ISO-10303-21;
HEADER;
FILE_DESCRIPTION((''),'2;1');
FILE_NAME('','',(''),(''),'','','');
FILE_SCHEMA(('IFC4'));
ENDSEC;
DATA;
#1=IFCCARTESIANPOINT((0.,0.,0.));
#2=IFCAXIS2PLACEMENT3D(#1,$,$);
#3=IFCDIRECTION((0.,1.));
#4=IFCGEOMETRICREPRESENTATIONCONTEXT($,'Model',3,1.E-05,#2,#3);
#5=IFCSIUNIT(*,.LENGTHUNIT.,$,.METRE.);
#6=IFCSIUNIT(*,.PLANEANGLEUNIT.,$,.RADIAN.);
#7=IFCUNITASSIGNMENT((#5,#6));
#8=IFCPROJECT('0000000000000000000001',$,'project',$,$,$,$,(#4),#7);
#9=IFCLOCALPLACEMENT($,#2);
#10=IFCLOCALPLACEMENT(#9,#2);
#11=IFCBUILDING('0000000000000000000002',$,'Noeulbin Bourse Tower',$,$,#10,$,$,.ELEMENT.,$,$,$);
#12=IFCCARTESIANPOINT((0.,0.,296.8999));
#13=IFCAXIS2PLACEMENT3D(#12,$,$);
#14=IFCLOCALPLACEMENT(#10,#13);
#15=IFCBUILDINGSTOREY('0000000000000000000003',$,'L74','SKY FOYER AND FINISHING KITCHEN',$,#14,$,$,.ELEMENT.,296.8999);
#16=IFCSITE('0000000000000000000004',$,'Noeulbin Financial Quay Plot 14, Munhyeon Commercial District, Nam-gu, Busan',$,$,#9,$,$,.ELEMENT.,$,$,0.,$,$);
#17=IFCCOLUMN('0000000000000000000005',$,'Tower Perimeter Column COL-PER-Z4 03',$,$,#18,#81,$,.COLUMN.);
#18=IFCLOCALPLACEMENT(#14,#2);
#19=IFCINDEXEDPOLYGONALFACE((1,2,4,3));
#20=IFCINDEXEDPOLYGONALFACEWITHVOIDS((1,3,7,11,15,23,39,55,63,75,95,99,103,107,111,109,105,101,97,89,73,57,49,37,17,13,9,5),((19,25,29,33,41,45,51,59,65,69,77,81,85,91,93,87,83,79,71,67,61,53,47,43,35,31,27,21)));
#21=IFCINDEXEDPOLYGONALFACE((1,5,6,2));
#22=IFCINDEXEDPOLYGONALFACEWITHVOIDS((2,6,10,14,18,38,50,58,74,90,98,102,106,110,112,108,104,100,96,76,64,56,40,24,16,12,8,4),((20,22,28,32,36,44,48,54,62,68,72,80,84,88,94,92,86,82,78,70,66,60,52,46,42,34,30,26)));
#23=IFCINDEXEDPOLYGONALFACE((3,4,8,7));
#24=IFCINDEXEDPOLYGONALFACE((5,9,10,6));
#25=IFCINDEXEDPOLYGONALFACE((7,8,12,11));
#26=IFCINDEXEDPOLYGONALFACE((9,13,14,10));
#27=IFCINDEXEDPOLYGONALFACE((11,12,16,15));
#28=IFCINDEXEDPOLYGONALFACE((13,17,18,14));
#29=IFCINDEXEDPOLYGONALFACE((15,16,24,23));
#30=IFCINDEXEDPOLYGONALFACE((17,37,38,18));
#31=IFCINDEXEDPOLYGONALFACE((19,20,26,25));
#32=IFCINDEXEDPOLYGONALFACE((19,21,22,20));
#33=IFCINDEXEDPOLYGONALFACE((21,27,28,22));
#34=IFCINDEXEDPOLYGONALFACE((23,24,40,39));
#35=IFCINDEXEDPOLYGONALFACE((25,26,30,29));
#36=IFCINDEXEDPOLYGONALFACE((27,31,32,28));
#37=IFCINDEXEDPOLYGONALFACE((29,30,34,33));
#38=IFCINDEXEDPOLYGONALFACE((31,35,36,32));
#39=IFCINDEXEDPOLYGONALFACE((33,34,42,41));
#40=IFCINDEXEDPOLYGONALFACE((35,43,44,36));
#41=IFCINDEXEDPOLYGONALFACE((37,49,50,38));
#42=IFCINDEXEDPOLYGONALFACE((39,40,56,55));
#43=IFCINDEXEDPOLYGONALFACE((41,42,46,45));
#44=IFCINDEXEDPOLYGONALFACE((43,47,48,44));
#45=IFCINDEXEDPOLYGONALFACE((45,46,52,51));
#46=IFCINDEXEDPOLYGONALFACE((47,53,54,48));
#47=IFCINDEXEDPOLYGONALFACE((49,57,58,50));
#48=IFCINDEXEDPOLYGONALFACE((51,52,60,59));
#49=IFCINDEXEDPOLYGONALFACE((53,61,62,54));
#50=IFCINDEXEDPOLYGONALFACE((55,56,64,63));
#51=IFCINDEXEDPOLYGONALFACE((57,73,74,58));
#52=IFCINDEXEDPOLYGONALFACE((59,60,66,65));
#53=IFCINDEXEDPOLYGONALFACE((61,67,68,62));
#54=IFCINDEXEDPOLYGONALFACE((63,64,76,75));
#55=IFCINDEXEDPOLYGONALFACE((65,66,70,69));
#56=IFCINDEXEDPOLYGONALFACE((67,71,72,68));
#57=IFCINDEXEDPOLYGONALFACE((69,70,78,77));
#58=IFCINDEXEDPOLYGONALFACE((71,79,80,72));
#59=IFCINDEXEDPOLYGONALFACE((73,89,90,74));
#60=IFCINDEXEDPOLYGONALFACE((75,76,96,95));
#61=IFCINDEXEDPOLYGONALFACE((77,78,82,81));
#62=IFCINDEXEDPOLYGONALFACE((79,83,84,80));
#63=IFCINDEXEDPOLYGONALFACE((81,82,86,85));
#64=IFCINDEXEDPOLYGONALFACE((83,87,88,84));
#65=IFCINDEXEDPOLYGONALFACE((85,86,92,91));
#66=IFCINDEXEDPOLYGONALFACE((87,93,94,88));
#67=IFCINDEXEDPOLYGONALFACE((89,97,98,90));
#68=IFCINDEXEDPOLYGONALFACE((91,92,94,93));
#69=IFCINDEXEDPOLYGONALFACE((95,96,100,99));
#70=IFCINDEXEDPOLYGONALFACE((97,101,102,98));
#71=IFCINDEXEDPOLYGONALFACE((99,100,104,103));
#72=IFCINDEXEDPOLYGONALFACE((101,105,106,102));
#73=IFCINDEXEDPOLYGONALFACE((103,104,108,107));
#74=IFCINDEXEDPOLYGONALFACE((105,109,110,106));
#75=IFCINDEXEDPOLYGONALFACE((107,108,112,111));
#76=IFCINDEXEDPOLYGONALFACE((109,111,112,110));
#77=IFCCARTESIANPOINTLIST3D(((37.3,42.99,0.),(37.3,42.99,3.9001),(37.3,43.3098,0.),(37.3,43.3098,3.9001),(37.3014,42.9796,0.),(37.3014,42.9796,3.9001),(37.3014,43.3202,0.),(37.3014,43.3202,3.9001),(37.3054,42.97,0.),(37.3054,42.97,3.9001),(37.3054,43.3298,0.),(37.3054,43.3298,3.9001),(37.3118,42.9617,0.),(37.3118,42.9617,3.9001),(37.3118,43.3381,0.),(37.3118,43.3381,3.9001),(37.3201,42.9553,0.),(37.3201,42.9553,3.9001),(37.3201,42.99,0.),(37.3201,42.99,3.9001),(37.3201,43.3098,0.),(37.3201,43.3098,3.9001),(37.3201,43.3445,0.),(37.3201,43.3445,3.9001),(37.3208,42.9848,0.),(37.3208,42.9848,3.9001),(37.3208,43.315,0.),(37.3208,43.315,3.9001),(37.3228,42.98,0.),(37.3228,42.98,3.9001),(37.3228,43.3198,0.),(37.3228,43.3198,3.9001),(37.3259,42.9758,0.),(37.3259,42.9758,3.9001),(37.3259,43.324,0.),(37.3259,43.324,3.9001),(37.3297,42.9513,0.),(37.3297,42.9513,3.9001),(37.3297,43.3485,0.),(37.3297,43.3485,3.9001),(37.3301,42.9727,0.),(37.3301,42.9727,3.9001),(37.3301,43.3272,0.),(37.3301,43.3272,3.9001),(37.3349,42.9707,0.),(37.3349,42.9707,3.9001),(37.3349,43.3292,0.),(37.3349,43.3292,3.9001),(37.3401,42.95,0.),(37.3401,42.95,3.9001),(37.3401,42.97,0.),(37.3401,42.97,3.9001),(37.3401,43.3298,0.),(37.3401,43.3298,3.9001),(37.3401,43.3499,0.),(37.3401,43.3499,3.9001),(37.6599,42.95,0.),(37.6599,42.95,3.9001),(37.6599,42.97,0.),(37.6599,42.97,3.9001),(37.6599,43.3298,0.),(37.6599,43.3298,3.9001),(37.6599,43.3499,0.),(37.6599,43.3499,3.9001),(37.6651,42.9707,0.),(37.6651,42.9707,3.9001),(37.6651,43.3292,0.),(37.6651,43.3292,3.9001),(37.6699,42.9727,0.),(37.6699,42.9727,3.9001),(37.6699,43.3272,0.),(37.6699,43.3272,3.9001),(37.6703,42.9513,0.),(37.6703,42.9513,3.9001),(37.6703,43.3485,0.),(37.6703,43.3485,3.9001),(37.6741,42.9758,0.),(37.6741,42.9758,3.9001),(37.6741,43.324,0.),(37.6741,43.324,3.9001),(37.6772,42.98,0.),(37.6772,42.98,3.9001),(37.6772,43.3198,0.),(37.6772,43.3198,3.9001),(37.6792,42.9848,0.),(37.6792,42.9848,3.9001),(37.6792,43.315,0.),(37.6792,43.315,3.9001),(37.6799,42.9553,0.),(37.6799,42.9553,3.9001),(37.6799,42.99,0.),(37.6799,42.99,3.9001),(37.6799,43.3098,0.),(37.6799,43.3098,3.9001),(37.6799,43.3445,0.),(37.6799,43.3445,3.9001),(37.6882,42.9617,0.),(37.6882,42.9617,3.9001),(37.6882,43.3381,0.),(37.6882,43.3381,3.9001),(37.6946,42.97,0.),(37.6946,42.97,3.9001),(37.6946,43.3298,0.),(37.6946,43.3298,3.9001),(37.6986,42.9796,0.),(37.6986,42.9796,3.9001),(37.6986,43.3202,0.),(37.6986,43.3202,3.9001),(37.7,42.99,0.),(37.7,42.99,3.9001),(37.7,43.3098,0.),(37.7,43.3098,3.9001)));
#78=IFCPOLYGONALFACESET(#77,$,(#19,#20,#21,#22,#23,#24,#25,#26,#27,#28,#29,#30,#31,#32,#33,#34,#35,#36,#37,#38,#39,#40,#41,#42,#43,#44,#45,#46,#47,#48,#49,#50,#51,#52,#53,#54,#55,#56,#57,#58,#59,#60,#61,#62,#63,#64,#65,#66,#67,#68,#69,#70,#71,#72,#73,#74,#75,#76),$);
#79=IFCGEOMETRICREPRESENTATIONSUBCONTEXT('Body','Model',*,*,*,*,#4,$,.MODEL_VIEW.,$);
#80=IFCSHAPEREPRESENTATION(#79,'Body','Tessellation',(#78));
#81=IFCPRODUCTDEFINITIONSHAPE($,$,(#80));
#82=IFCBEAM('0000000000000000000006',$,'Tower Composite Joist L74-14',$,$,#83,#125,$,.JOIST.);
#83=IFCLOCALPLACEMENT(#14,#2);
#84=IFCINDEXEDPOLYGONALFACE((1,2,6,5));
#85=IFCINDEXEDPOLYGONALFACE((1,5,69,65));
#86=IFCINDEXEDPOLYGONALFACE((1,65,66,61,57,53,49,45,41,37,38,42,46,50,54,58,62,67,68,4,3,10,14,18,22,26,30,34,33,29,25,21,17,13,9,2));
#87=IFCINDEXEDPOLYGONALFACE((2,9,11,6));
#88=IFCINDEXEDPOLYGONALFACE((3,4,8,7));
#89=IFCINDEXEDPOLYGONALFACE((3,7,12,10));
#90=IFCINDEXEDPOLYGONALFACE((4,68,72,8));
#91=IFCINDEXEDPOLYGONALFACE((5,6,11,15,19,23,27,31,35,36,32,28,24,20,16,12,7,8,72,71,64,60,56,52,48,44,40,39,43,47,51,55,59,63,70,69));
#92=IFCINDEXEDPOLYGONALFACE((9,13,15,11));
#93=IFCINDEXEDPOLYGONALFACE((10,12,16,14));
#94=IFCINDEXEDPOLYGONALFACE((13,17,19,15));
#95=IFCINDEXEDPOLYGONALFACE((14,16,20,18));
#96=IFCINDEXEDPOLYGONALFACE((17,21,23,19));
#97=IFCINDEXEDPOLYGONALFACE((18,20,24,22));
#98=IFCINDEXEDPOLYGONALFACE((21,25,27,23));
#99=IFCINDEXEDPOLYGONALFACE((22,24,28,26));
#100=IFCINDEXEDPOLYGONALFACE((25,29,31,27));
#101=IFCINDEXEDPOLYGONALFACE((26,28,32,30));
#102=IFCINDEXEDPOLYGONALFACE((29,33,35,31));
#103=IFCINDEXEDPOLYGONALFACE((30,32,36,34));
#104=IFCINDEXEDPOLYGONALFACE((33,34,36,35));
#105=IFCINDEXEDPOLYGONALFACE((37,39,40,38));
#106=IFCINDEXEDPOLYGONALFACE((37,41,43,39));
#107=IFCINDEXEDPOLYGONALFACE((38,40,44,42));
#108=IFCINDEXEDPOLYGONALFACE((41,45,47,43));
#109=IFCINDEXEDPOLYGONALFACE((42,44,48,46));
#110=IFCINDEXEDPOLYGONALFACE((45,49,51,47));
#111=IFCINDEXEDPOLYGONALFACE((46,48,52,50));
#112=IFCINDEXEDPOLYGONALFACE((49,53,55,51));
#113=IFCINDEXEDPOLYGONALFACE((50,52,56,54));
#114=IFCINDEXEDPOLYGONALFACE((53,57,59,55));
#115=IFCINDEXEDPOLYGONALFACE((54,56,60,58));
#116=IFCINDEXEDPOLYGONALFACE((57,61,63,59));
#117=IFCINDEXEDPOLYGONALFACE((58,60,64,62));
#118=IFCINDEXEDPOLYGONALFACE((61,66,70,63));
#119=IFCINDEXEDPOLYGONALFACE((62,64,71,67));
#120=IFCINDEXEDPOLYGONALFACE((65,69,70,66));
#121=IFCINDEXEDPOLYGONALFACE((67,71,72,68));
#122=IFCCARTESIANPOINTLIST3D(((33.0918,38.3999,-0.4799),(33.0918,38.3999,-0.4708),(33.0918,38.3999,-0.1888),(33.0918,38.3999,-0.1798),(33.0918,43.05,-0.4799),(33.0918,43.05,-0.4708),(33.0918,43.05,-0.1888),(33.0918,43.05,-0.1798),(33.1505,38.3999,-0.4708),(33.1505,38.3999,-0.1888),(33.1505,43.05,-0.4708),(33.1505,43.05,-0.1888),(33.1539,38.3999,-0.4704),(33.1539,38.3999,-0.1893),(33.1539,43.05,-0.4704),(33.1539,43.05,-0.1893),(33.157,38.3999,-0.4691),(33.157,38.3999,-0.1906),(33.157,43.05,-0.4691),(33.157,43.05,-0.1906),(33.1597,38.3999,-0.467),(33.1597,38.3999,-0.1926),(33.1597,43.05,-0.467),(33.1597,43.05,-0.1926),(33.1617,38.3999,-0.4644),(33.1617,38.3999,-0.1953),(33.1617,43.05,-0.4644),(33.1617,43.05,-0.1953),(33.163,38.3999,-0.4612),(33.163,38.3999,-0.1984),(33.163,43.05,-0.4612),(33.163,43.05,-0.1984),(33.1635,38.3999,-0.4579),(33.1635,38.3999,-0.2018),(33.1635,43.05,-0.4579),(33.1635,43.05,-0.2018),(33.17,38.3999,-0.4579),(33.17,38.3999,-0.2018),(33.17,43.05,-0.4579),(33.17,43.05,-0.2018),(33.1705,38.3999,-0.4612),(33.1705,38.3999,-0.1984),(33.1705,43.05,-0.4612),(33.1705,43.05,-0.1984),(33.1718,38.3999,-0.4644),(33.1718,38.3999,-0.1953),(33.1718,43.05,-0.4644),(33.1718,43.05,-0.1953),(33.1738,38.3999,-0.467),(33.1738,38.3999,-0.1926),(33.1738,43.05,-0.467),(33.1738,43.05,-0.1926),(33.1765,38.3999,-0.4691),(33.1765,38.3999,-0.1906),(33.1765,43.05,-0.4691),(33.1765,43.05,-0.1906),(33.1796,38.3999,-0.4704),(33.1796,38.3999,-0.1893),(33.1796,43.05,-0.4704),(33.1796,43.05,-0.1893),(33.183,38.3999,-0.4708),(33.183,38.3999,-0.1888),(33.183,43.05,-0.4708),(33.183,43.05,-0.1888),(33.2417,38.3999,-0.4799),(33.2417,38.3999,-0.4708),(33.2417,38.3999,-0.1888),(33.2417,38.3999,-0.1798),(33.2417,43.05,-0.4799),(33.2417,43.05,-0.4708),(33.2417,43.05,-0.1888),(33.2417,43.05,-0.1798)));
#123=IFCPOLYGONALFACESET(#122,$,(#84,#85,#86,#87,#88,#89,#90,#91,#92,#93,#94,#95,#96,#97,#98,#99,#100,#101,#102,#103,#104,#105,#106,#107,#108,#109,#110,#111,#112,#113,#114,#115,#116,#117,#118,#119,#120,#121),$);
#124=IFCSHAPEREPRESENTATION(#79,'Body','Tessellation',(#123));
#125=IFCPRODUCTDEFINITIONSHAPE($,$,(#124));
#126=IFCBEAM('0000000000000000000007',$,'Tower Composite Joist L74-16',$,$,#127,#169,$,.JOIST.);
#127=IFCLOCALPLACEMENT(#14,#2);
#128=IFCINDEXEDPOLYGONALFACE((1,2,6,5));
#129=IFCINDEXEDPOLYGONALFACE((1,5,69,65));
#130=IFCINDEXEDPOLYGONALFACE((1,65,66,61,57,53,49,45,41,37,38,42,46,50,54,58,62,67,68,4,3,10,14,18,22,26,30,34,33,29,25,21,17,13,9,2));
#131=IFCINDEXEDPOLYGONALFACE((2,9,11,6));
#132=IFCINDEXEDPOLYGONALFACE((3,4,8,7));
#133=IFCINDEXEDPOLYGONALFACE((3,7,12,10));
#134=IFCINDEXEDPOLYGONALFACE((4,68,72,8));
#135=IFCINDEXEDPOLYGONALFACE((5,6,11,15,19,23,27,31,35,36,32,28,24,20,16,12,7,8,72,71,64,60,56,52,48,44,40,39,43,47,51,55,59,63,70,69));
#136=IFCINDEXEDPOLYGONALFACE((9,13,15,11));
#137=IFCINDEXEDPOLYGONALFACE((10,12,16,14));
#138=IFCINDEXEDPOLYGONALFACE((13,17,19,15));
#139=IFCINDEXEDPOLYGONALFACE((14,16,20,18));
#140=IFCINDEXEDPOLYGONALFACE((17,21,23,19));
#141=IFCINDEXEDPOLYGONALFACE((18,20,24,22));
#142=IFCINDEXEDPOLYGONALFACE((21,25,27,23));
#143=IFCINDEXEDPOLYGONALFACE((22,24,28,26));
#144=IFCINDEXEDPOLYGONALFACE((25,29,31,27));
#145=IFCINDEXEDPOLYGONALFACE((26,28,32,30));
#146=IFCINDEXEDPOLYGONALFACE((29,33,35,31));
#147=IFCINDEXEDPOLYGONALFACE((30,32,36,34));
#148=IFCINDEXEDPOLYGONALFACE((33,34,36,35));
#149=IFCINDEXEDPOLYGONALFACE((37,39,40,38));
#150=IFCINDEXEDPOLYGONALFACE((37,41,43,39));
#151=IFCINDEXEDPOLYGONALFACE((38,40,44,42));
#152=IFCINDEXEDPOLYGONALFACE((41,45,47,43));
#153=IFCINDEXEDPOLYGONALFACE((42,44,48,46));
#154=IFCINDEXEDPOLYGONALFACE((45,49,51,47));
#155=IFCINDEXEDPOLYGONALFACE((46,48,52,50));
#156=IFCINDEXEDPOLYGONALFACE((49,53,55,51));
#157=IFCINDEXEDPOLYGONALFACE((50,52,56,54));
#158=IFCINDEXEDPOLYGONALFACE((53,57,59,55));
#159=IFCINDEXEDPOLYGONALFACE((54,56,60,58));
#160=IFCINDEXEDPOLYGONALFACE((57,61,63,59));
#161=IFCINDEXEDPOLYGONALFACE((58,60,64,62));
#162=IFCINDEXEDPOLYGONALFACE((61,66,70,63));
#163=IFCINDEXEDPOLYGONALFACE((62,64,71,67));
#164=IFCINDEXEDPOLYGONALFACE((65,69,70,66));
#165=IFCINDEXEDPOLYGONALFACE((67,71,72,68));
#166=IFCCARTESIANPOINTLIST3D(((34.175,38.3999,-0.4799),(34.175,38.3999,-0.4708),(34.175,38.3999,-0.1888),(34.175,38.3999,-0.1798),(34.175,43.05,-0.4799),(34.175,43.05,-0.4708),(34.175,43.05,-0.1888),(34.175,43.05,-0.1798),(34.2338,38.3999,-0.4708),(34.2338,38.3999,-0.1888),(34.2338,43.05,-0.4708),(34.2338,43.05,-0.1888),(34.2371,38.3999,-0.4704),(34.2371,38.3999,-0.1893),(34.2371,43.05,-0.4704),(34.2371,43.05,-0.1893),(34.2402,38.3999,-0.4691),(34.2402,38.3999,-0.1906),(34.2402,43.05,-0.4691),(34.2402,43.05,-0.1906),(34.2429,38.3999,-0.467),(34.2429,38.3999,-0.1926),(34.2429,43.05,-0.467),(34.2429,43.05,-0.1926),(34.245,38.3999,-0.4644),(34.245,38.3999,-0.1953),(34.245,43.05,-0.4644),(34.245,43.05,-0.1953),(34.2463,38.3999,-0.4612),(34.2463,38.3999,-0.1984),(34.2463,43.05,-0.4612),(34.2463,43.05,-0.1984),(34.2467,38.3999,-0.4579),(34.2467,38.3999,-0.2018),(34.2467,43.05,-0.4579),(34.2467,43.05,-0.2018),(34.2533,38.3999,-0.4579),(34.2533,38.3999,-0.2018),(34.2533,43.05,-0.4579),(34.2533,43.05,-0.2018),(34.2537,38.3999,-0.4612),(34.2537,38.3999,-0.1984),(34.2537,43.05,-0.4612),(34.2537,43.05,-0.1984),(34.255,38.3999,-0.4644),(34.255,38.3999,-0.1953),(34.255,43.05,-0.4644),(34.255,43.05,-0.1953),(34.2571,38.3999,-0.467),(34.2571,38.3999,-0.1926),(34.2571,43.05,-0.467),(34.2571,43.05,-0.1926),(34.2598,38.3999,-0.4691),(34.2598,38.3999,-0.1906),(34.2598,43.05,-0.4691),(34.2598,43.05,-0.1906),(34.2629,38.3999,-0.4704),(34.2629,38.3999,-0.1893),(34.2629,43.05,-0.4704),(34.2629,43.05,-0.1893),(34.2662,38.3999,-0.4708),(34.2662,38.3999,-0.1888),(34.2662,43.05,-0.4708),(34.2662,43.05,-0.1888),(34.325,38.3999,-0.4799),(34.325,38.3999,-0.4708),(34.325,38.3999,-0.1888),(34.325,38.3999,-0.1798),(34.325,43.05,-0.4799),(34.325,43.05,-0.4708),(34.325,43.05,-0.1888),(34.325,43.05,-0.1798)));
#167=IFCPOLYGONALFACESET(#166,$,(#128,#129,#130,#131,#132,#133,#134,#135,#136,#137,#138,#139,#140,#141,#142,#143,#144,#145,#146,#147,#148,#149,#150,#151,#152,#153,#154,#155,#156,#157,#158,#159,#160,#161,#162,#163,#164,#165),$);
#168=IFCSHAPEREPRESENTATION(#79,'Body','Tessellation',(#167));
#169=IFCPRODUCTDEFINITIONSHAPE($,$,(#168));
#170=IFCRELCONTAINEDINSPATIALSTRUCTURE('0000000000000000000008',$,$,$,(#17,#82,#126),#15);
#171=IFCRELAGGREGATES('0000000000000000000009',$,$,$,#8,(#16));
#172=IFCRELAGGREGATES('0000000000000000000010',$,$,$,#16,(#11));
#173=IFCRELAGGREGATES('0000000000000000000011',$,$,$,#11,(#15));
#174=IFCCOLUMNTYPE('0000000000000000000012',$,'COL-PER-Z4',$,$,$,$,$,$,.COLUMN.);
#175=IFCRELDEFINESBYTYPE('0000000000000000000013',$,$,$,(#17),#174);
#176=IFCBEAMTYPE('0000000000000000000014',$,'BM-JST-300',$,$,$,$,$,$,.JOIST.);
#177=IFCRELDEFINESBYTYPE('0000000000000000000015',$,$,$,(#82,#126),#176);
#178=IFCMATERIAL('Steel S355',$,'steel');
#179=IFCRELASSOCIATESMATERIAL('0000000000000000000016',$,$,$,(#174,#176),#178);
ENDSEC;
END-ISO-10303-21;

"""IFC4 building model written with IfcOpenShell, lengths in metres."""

from ifc_helpers import new_model, si_unit, direction, frame, origin, origin_2d, place, context, subcontext, project, spatial, hollow_rectangle, i_section, extrude, material, material_profile, profile_set, type_object, element, save


model = new_model("IFC4")

# Units and contexts
model_context = context("Model", 3, precision=1e-05, world=origin(), true_north=direction((0.0, 1.0)))
body_context = subcontext(model_context, "Body", "Model", "MODEL_VIEW")
ifc_project = project(units=[si_unit("LENGTHUNIT", "METRE"), si_unit("PLANEANGLEUNIT", "RADIAN")], contexts=[model_context])

# Site, building, storey
site_placement = place(None, origin())
site = spatial("IfcSite", under=ifc_project, at=site_placement, Name="Noeulbin Financial Quay Plot 14, Munhyeon Commercial District, Nam-gu, Busan", CompositionType="ELEMENT", RefElevation=0.0)
building_placement = place(site_placement, origin())
building = spatial("IfcBuilding", under=site, at=building_placement, Name="Noeulbin Bourse Tower", CompositionType="ELEMENT")
storey_placement = place(building_placement, frame((0.0, 0.0, 296.8999)))
storey = spatial("IfcBuildingStorey", under=building, at=storey_placement, Name="L74", Description="SKY FOYER AND FINISHING KITCHEN", CompositionType="ELEMENT", Elevation=296.8999)

# Column
ifc_material_1 = material(Name="Steel S355", Category="steel")
ifc_material_profile_1 = material_profile(ifc_material_1, hollow_rectangle(XDim=0.3999, YDim=0.3999, WallThickness=0.02, InnerFilletRadius=0.02, OuterFilletRadius=0.04, at=origin_2d()), Name="SHS-400x400x20", Category="LoadBearing")
ifc_profile_set_1 = profile_set([ifc_material_profile_1], Name="Steel S355")
column_type = type_object("IfcColumnType", Name="COL-PER-Z4", PredefinedType="COLUMN", material=ifc_profile_set_1)
column_placement = place(storey_placement, frame((37.5, 43.1499, 0.0), z_axis=(0.0, 0.0, 1.0), x_axis=(1.0, 0.0, 0.0)))
element("IfcColumn", 1, at=column_placement, inside=storey, type_object=column_type, Name="Tower Perimeter Column COL-PER-Z4 03", PredefinedType="COLUMN", context=body_context, shape_type="SweptSolid", body=[
    extrude(hollow_rectangle(XDim=0.3999, YDim=0.3999, WallThickness=0.02, InnerFilletRadius=0.02, OuterFilletRadius=0.04, at=origin_2d()), origin(), (0.0, 0.0, 1.0), 3.9001),
])

# Beams
ifc_material_profile_2 = material_profile(ifc_material_1, i_section(OverallWidth=0.1499, OverallDepth=0.3, WebThickness=0.0066, FlangeThickness=0.009, FilletRadius=0.0129, at=origin_2d()), Name="H-300x150x6.5x9", Category="LoadBearing")
ifc_profile_set_2 = profile_set([ifc_material_profile_2], Name="Steel S355")
beam_type_1 = type_object("IfcBeamType", Name="BM-JST-300", PredefinedType="JOIST", material=ifc_profile_set_2)
for number, where, z_axis, x_axis, name in (
    (2, (33.1667, 38.3999, -0.3298), (0.0, 1.0, 0.0), (-1.0, 0.0, 0.0), "Tower Composite Joist L74-14"),
    (3, (34.25, 38.3999, -0.3298), (0.0, 1.0, 0.0), (-1.0, 0.0, 0.0), "Tower Composite Joist L74-16"),
):
    element("IfcBeam", number, at=place(storey_placement, frame(where, z_axis=z_axis, x_axis=x_axis)), inside=storey, type_object=beam_type_1, Name=name, PredefinedType="JOIST", context=body_context, shape_type="SweptSolid", body=[
        extrude(i_section(OverallWidth=0.1499, OverallDepth=0.3, WebThickness=0.0066, FlangeThickness=0.009, FilletRadius=0.0129, at=origin_2d()), origin(), (0.0, 0.0, 1.0), 4.6501),
    ])

save(model, "model.ifc")
